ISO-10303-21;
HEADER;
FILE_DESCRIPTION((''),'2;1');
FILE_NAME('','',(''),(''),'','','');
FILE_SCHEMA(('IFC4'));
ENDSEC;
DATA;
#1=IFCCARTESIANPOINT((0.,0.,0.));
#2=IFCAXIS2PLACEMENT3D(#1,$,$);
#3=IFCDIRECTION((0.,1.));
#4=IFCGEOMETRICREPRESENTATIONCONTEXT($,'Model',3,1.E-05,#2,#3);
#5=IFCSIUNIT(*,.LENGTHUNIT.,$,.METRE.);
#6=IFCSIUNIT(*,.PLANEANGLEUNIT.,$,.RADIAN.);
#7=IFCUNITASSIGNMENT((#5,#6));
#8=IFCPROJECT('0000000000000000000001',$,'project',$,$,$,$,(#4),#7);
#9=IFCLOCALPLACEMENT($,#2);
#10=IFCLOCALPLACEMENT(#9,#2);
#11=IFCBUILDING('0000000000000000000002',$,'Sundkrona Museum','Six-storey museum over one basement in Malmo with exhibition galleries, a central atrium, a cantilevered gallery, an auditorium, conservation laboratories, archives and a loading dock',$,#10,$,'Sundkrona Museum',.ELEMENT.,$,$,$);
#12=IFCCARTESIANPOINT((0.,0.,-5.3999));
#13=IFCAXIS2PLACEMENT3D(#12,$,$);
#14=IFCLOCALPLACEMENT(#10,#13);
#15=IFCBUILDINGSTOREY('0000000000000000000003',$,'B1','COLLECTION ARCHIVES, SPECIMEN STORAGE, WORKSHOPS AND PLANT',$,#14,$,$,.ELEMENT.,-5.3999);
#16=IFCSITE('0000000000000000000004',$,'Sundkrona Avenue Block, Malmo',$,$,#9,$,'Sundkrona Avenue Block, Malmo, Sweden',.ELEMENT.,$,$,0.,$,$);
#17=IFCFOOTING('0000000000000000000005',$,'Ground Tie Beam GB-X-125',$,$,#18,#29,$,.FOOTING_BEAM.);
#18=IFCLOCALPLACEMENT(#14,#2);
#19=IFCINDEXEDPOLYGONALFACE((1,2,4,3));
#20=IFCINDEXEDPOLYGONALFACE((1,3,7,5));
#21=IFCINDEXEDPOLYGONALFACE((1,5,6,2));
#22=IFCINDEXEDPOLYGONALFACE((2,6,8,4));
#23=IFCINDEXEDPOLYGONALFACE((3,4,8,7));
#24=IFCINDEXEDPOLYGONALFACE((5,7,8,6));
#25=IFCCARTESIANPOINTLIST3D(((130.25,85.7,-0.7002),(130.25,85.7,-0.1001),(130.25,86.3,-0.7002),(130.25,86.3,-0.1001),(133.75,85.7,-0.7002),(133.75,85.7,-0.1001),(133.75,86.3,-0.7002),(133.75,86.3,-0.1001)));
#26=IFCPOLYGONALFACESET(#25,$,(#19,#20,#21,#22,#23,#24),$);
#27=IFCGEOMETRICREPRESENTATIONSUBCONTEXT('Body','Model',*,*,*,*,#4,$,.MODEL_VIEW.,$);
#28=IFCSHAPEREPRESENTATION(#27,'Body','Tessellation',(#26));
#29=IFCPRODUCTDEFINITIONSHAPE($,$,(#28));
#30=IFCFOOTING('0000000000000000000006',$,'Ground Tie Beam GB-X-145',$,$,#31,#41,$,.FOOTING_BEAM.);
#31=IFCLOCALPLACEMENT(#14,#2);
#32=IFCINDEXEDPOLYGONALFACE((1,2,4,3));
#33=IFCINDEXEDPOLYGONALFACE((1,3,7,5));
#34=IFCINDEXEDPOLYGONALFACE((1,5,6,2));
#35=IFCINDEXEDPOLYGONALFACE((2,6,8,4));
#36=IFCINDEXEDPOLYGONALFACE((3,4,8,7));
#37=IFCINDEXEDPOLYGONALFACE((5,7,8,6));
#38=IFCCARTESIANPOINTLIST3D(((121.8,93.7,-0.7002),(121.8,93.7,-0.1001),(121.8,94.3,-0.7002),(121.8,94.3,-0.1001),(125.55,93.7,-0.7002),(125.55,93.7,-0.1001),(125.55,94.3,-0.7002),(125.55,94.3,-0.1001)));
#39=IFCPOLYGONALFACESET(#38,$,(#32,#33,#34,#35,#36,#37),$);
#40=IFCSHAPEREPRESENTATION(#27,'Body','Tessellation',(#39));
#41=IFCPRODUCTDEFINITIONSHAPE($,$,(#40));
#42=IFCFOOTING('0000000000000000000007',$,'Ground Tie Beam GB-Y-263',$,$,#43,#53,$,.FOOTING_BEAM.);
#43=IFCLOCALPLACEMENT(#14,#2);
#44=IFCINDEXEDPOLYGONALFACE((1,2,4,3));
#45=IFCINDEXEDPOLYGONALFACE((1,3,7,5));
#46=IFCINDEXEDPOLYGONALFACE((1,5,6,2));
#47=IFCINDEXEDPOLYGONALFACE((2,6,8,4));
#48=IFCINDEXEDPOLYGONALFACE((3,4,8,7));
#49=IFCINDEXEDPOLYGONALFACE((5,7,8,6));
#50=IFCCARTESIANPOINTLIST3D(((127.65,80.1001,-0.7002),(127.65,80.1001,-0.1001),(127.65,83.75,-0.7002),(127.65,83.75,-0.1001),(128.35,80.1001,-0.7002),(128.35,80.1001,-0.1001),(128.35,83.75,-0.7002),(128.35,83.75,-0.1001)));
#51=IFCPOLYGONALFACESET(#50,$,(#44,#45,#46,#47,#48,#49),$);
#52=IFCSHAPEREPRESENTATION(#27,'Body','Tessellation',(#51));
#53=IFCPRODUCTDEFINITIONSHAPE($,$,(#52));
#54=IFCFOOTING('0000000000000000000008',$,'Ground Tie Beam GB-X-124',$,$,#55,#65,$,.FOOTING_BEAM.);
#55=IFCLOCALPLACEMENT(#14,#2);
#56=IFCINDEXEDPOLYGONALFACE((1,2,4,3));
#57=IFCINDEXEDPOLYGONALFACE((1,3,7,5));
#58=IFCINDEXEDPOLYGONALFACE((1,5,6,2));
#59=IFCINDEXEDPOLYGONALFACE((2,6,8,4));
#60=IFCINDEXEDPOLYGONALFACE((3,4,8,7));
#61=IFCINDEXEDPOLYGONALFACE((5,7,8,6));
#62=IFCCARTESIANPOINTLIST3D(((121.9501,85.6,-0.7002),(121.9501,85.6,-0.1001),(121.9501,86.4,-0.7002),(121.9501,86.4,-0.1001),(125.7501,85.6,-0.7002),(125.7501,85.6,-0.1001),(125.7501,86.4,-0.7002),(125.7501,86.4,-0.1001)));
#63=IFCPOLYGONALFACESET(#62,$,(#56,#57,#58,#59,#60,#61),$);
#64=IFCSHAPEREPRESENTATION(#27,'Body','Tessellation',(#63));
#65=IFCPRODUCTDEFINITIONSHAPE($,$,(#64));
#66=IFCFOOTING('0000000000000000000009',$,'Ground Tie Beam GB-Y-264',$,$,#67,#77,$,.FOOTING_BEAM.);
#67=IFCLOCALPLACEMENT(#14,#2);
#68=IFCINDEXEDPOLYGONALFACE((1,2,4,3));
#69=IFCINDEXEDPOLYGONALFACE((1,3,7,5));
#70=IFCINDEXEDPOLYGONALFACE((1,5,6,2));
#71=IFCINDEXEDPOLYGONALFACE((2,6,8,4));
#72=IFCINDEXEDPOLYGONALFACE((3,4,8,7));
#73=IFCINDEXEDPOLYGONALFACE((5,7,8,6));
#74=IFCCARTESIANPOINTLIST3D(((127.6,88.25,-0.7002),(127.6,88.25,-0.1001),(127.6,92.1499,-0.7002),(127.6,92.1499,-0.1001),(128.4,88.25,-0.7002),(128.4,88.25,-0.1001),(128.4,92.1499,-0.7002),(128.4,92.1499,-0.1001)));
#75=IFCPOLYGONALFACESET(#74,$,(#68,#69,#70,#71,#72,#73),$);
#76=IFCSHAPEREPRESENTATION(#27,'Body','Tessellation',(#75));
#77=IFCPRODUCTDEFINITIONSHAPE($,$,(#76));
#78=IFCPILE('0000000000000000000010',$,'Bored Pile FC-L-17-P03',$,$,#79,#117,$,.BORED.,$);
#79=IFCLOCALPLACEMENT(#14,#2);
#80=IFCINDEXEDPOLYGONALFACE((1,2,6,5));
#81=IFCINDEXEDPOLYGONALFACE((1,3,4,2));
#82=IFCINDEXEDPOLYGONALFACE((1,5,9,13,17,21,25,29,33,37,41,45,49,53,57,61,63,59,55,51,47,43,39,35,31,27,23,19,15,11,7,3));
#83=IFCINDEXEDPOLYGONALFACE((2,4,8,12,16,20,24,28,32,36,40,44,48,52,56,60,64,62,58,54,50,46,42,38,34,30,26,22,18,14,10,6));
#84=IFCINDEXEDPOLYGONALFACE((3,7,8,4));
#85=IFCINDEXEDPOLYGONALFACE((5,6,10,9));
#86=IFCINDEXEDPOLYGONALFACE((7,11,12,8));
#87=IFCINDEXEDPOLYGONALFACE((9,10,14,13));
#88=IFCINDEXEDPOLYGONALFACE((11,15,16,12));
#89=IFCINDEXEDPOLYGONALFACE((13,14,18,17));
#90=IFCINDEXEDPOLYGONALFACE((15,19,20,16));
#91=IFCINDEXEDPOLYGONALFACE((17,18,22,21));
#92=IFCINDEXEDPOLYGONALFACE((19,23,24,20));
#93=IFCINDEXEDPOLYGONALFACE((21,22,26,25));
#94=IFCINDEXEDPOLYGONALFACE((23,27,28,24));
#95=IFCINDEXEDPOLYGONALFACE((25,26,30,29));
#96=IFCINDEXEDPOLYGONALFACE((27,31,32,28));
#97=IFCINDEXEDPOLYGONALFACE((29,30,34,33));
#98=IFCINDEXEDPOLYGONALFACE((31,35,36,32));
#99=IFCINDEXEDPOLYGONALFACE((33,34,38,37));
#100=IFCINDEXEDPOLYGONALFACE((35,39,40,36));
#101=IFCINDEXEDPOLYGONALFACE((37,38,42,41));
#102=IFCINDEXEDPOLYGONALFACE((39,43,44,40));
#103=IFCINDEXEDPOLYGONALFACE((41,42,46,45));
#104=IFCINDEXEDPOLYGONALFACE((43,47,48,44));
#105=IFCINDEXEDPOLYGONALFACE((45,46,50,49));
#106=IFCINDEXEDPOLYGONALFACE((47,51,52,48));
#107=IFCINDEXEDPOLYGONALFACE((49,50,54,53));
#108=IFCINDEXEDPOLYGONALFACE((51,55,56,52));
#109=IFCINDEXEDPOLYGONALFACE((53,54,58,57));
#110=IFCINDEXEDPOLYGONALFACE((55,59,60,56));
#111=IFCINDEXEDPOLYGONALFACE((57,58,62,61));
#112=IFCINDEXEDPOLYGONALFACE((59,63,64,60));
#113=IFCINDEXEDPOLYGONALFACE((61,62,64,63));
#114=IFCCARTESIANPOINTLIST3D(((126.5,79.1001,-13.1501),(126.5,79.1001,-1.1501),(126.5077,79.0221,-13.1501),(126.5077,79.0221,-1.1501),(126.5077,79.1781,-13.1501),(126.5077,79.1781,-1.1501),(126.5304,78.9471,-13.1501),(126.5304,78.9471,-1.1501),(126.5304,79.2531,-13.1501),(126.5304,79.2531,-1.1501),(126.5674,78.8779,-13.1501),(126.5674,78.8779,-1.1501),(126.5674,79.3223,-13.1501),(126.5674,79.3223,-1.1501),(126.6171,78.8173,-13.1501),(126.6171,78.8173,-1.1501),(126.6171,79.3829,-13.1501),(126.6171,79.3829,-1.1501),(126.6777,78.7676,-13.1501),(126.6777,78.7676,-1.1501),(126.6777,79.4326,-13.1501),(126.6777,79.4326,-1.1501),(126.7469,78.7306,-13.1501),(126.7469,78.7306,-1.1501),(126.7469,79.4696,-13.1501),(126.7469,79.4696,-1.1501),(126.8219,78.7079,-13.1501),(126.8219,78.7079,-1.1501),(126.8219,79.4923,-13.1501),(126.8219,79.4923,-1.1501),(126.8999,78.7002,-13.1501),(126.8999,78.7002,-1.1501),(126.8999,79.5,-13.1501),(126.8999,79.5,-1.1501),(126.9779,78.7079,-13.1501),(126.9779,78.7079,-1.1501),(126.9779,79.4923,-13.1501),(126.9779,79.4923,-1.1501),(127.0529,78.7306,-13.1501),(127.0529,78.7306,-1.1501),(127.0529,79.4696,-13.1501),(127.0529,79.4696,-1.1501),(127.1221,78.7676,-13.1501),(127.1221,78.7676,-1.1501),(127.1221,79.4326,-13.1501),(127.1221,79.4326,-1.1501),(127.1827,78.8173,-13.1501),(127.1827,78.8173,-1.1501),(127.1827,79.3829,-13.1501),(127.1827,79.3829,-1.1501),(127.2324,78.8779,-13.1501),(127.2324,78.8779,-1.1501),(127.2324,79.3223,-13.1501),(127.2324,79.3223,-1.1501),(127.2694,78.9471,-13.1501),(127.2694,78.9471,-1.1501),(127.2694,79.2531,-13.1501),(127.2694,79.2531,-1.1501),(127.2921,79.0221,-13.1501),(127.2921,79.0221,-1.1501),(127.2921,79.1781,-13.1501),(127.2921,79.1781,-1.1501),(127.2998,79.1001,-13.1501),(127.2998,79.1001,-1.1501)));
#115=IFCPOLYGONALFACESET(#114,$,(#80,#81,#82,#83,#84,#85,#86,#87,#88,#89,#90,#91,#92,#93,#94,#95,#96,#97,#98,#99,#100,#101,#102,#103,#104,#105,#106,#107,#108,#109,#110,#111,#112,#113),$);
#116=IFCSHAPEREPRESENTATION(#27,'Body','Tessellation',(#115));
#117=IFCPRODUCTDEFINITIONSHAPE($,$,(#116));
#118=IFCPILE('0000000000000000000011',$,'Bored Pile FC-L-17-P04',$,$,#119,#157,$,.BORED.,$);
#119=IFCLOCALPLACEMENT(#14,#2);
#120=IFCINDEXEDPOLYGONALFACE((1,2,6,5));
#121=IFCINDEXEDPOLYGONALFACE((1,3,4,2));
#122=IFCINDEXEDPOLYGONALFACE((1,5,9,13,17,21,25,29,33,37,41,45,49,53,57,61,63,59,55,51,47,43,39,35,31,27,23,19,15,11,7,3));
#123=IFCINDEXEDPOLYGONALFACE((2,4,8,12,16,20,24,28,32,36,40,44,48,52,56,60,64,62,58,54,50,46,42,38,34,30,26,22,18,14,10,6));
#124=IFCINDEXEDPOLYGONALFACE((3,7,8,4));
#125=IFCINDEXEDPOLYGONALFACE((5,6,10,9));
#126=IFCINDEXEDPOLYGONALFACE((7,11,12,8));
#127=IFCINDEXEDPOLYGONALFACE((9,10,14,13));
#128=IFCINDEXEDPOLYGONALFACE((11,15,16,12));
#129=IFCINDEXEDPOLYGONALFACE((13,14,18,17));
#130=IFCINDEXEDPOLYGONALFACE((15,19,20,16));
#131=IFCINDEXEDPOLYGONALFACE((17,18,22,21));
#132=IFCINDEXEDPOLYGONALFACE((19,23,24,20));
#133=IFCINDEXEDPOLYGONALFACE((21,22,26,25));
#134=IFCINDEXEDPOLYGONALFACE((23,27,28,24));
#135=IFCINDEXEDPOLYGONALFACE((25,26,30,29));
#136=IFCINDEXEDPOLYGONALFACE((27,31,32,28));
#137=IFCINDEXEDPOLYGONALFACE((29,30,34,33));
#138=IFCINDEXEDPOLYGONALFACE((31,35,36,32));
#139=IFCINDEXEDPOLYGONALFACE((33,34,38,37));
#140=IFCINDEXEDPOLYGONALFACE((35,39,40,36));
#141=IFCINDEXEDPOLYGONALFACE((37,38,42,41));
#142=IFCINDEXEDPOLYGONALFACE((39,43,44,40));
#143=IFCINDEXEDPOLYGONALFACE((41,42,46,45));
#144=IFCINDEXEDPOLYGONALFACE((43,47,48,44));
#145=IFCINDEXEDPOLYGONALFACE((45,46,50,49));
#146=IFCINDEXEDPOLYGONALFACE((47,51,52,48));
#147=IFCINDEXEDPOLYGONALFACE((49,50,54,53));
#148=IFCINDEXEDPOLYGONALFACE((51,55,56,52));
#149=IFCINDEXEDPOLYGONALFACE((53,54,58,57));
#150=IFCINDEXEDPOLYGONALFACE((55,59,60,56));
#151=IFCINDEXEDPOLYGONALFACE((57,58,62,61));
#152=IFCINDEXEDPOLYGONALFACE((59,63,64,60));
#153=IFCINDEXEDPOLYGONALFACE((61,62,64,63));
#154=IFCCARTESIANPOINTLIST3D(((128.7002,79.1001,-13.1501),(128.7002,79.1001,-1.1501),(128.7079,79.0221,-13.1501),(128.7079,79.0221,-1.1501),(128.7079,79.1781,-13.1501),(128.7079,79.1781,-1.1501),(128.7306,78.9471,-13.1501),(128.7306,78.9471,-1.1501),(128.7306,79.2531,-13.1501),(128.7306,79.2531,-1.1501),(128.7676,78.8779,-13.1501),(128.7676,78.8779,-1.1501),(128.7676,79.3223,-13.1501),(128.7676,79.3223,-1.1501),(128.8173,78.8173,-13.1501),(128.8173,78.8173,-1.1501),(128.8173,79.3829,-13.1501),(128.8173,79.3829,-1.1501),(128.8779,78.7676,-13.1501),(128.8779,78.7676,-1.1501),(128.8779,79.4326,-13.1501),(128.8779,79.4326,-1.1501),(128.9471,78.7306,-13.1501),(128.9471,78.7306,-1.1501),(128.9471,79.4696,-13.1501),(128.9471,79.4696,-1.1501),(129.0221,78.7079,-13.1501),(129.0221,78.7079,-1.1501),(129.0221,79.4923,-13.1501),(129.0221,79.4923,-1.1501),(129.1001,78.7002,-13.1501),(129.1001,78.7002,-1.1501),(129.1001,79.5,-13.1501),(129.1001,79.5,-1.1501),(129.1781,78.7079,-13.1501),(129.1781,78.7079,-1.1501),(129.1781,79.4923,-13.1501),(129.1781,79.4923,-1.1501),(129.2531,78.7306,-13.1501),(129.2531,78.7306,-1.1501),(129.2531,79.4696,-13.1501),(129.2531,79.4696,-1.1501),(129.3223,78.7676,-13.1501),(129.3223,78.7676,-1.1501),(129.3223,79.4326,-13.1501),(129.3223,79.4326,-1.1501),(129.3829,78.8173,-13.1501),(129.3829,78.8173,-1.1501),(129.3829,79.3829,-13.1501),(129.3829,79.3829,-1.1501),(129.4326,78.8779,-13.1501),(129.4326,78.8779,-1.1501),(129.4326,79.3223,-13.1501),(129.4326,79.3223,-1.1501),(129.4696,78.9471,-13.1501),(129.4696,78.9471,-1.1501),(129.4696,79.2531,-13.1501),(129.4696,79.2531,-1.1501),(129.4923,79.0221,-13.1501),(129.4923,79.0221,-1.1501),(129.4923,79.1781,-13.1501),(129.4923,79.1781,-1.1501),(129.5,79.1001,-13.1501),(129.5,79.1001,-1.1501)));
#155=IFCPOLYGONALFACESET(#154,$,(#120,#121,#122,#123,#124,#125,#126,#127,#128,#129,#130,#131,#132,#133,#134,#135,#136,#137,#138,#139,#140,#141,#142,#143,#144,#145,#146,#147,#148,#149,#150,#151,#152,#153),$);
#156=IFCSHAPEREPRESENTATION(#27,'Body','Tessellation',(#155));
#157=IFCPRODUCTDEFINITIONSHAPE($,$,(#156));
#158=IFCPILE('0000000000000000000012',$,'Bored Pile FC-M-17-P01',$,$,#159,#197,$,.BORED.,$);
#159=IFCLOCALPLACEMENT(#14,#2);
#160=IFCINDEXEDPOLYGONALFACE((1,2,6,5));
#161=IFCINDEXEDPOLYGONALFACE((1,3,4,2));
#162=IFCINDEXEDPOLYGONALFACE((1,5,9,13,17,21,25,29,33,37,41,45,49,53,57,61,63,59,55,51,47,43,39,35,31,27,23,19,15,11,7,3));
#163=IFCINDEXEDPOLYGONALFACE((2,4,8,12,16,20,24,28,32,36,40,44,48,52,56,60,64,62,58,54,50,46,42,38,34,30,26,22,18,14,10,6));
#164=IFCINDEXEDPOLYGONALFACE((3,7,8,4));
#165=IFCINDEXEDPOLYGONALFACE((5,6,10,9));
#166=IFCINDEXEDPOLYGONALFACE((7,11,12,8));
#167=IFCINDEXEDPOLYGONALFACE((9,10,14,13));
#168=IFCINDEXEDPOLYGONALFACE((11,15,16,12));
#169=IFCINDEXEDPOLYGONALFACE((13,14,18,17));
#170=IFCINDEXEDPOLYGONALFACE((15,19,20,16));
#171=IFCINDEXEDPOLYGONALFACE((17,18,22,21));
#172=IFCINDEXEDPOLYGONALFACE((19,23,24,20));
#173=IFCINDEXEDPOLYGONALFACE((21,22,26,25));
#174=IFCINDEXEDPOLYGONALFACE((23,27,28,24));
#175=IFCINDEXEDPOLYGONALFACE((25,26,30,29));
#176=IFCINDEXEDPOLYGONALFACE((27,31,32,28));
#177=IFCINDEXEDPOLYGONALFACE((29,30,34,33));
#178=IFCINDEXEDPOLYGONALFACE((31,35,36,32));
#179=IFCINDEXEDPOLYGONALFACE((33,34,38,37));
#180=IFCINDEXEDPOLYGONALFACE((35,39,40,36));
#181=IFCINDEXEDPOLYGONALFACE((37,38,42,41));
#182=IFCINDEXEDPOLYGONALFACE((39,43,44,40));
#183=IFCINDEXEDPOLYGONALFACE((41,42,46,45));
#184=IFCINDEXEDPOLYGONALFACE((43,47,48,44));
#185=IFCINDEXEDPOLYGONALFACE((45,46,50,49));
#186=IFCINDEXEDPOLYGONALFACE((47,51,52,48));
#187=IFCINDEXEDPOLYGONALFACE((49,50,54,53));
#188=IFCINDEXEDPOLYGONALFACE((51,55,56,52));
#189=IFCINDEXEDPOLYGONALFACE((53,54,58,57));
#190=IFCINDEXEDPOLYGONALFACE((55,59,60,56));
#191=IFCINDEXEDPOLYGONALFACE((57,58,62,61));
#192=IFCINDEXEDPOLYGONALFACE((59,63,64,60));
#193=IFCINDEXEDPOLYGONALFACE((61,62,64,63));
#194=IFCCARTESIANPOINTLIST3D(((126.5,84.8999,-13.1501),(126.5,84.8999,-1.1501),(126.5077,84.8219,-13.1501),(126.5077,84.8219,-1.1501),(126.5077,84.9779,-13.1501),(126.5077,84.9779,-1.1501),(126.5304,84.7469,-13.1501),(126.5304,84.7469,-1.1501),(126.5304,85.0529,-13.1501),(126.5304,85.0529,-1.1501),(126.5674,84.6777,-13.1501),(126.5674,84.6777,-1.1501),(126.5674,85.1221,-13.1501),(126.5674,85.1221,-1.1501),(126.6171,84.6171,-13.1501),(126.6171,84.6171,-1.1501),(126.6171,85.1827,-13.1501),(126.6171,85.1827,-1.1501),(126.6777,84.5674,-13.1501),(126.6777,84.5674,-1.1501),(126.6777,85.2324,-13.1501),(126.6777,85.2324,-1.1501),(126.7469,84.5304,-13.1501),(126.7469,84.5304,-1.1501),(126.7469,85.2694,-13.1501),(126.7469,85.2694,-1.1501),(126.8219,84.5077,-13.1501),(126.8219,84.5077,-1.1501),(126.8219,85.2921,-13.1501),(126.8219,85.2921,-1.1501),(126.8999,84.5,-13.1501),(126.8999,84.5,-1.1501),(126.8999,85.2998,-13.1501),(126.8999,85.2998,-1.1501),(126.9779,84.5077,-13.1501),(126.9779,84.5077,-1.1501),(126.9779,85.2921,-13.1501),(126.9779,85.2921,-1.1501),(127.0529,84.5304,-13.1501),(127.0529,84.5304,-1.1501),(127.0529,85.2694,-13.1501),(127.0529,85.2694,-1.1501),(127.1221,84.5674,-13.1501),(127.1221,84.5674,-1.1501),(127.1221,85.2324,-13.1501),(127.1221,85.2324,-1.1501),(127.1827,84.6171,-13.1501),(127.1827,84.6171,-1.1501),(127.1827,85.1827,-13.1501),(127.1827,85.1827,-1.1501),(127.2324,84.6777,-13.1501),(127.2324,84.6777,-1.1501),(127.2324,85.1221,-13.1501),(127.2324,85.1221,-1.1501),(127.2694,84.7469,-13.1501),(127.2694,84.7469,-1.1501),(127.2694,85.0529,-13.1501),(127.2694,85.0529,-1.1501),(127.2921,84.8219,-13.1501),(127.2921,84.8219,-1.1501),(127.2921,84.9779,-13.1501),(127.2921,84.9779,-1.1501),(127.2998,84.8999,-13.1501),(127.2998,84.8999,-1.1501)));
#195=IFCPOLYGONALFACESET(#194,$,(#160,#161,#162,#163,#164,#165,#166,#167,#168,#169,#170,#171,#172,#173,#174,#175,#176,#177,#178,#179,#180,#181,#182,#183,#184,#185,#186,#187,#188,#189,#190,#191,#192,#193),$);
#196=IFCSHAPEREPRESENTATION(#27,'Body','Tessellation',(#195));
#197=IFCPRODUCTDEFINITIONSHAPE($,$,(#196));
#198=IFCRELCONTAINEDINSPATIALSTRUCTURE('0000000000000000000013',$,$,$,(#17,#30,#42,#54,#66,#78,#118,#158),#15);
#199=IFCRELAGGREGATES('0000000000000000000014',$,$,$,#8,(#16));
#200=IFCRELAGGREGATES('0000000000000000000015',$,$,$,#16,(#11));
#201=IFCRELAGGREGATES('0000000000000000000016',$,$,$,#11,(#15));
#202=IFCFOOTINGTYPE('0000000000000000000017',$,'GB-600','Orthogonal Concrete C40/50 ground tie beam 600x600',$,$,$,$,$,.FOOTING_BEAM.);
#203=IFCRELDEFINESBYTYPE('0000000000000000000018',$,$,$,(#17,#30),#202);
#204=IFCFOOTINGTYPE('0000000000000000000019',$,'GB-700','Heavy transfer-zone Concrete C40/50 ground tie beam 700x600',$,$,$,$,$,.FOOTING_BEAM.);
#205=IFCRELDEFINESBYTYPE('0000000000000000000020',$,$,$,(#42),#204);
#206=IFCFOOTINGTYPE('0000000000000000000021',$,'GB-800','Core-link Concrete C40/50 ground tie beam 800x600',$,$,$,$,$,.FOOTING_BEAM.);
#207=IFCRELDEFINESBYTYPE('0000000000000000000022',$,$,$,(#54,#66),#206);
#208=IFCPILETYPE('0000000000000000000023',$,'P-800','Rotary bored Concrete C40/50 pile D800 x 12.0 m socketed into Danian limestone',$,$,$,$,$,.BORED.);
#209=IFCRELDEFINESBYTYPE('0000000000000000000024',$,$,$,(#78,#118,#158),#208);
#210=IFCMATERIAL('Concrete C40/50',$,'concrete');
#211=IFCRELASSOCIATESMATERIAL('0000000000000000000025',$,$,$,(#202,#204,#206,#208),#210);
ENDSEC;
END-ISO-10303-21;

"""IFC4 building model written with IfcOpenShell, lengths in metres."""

from ifc_helpers import new_model, si_unit, direction, frame, origin, origin_2d, place, context, subcontext, project, spatial, rectangle, circle, extrude, material, material_profile, profile_set, type_object, element, save


model = new_model("IFC4")

# Units and contexts
model_context = context("Model", 3, precision=1e-05, world=origin(), true_north=direction((0.0, 1.0)))
body_context = subcontext(model_context, "Body", "Model", "MODEL_VIEW")
ifc_project = project(units=[si_unit("LENGTHUNIT", "METRE"), si_unit("PLANEANGLEUNIT", "RADIAN")], contexts=[model_context])

# Site, building, storey
site_placement = place(None, origin())
site = spatial("IfcSite", under=ifc_project, at=site_placement, Name="Sundkrona Avenue Block, Malmo", LongName="Sundkrona Avenue Block, Malmo, Sweden", CompositionType="ELEMENT", RefElevation=0.0)
building_placement = place(site_placement, origin())
building = spatial("IfcBuilding", under=site, at=building_placement, Name="Sundkrona Museum", Description="Six-storey museum over one basement in Malmo with exhibition galleries, a central atrium, a cantilevered gallery, an auditorium, conservation laboratories, archives and a loading dock", LongName="Sundkrona Museum", CompositionType="ELEMENT")
storey_placement = place(building_placement, frame((0.0, 0.0, -5.3999)))
storey = spatial("IfcBuildingStorey", under=building, at=storey_placement, Name="B1", Description="COLLECTION ARCHIVES, SPECIMEN STORAGE, WORKSHOPS AND PLANT", CompositionType="ELEMENT", Elevation=-5.3999)

# Footings
ifc_material_1 = material(Name="Concrete C40/50", Category="concrete")
footing_type_1 = type_object("IfcFootingType", Name="GB-600", Description="Orthogonal Concrete C40/50 ground tie beam 600x600", PredefinedType="FOOTING_BEAM", material=ifc_material_1)
footing_1_placement = place(storey_placement, frame((132.0, 86.0, -0.7002), z_axis=(0.0, 0.0, 1.0), x_axis=(1.0, 0.0, 0.0)))
element("IfcFooting", 1, at=footing_1_placement, inside=storey, type_object=footing_type_1, Name="Ground Tie Beam GB-X-125", PredefinedType="FOOTING_BEAM", context=body_context, shape_type="SweptSolid", body=[
    extrude(rectangle(XDim=3.5, YDim=0.6001, at=origin_2d()), origin(), (0.0, 0.0, 1.0), 0.6001),
])
footing_2_placement = place(storey_placement, frame((123.675, 94.0, -0.7002), z_axis=(0.0, 0.0, 1.0), x_axis=(1.0, 0.0, 0.0)))
element("IfcFooting", 2, at=footing_2_placement, inside=storey, type_object=footing_type_1, Name="Ground Tie Beam GB-X-145", PredefinedType="FOOTING_BEAM", context=body_context, shape_type="SweptSolid", body=[
    extrude(rectangle(XDim=3.75, YDim=0.6001, at=origin_2d()), origin(), (0.0, 0.0, 1.0), 0.6001),
])
footing_type_2 = type_object("IfcFootingType", Name="GB-700", Description="Heavy transfer-zone Concrete C40/50 ground tie beam 700x600", PredefinedType="FOOTING_BEAM", material=ifc_material_1)
footing_3_placement = place(storey_placement, frame((128.0, 81.925, -0.7002), z_axis=(0.0, 0.0, 1.0), x_axis=(0.0, 1.0, 0.0)))
element("IfcFooting", 3, at=footing_3_placement, inside=storey, type_object=footing_type_2, Name="Ground Tie Beam GB-Y-263", PredefinedType="FOOTING_BEAM", context=body_context, shape_type="SweptSolid", body=[
    extrude(rectangle(XDim=3.6499, YDim=0.7, at=origin_2d()), origin(), (0.0, 0.0, 1.0), 0.6001),
])
footing_type_3 = type_object("IfcFootingType", Name="GB-800", Description="Core-link Concrete C40/50 ground tie beam 800x600", PredefinedType="FOOTING_BEAM", material=ifc_material_1)
footing_4_placement = place(storey_placement, frame((123.8501, 86.0, -0.7002), z_axis=(0.0, 0.0, 1.0), x_axis=(1.0, 0.0, 0.0)))
element("IfcFooting", 4, at=footing_4_placement, inside=storey, type_object=footing_type_3, Name="Ground Tie Beam GB-X-124", PredefinedType="FOOTING_BEAM", context=body_context, shape_type="SweptSolid", body=[
    extrude(rectangle(XDim=3.8, YDim=0.8, at=origin_2d()), origin(), (0.0, 0.0, 1.0), 0.6001),
])
footing_5_placement = place(storey_placement, frame((128.0, 90.2, -0.7002), z_axis=(0.0, 0.0, 1.0), x_axis=(0.0, 1.0, 0.0)))
element("IfcFooting", 5, at=footing_5_placement, inside=storey, type_object=footing_type_3, Name="Ground Tie Beam GB-Y-264", PredefinedType="FOOTING_BEAM", context=body_context, shape_type="SweptSolid", body=[
    extrude(rectangle(XDim=3.8999, YDim=0.8, at=origin_2d()), origin(), (0.0, 0.0, 1.0), 0.6001),
])

# Piles
ifc_material_profile_1 = material_profile(ifc_material_1, circle(Radius=0.3999, at=origin_2d()), Name="PILE D800")
ifc_profile_set_1 = profile_set([ifc_material_profile_1], Name="Concrete C40/50")
pile_type = type_object("IfcPileType", Name="P-800", Description="Rotary bored Concrete C40/50 pile D800 x 12.0 m socketed into Danian limestone", PredefinedType="BORED", material=ifc_profile_set_1)
for number, where, z_axis, x_axis, name in (
    (6, (126.8999, 79.1001, -1.1501), (0.0, 0.0, -1.0), (1.0, 0.0, 0.0), "Bored Pile FC-L-17-P03"),
    (7, (129.1001, 79.1001, -1.1501), (0.0, 0.0, -1.0), (1.0, 0.0, 0.0), "Bored Pile FC-L-17-P04"),
    (8, (126.8999, 84.8999, -1.1501), (0.0, 0.0, -1.0), (1.0, 0.0, 0.0), "Bored Pile FC-M-17-P01"),
):
    element("IfcPile", number, at=place(storey_placement, frame(where, z_axis=z_axis, x_axis=x_axis)), inside=storey, type_object=pile_type, Name=name, PredefinedType="BORED", context=body_context, shape_type="SweptSolid", body=[
        extrude(circle(Radius=0.3999, at=origin_2d()), origin(), (0.0, 0.0, 1.0), 12.0),
    ])

save(model, "model.ifc")
